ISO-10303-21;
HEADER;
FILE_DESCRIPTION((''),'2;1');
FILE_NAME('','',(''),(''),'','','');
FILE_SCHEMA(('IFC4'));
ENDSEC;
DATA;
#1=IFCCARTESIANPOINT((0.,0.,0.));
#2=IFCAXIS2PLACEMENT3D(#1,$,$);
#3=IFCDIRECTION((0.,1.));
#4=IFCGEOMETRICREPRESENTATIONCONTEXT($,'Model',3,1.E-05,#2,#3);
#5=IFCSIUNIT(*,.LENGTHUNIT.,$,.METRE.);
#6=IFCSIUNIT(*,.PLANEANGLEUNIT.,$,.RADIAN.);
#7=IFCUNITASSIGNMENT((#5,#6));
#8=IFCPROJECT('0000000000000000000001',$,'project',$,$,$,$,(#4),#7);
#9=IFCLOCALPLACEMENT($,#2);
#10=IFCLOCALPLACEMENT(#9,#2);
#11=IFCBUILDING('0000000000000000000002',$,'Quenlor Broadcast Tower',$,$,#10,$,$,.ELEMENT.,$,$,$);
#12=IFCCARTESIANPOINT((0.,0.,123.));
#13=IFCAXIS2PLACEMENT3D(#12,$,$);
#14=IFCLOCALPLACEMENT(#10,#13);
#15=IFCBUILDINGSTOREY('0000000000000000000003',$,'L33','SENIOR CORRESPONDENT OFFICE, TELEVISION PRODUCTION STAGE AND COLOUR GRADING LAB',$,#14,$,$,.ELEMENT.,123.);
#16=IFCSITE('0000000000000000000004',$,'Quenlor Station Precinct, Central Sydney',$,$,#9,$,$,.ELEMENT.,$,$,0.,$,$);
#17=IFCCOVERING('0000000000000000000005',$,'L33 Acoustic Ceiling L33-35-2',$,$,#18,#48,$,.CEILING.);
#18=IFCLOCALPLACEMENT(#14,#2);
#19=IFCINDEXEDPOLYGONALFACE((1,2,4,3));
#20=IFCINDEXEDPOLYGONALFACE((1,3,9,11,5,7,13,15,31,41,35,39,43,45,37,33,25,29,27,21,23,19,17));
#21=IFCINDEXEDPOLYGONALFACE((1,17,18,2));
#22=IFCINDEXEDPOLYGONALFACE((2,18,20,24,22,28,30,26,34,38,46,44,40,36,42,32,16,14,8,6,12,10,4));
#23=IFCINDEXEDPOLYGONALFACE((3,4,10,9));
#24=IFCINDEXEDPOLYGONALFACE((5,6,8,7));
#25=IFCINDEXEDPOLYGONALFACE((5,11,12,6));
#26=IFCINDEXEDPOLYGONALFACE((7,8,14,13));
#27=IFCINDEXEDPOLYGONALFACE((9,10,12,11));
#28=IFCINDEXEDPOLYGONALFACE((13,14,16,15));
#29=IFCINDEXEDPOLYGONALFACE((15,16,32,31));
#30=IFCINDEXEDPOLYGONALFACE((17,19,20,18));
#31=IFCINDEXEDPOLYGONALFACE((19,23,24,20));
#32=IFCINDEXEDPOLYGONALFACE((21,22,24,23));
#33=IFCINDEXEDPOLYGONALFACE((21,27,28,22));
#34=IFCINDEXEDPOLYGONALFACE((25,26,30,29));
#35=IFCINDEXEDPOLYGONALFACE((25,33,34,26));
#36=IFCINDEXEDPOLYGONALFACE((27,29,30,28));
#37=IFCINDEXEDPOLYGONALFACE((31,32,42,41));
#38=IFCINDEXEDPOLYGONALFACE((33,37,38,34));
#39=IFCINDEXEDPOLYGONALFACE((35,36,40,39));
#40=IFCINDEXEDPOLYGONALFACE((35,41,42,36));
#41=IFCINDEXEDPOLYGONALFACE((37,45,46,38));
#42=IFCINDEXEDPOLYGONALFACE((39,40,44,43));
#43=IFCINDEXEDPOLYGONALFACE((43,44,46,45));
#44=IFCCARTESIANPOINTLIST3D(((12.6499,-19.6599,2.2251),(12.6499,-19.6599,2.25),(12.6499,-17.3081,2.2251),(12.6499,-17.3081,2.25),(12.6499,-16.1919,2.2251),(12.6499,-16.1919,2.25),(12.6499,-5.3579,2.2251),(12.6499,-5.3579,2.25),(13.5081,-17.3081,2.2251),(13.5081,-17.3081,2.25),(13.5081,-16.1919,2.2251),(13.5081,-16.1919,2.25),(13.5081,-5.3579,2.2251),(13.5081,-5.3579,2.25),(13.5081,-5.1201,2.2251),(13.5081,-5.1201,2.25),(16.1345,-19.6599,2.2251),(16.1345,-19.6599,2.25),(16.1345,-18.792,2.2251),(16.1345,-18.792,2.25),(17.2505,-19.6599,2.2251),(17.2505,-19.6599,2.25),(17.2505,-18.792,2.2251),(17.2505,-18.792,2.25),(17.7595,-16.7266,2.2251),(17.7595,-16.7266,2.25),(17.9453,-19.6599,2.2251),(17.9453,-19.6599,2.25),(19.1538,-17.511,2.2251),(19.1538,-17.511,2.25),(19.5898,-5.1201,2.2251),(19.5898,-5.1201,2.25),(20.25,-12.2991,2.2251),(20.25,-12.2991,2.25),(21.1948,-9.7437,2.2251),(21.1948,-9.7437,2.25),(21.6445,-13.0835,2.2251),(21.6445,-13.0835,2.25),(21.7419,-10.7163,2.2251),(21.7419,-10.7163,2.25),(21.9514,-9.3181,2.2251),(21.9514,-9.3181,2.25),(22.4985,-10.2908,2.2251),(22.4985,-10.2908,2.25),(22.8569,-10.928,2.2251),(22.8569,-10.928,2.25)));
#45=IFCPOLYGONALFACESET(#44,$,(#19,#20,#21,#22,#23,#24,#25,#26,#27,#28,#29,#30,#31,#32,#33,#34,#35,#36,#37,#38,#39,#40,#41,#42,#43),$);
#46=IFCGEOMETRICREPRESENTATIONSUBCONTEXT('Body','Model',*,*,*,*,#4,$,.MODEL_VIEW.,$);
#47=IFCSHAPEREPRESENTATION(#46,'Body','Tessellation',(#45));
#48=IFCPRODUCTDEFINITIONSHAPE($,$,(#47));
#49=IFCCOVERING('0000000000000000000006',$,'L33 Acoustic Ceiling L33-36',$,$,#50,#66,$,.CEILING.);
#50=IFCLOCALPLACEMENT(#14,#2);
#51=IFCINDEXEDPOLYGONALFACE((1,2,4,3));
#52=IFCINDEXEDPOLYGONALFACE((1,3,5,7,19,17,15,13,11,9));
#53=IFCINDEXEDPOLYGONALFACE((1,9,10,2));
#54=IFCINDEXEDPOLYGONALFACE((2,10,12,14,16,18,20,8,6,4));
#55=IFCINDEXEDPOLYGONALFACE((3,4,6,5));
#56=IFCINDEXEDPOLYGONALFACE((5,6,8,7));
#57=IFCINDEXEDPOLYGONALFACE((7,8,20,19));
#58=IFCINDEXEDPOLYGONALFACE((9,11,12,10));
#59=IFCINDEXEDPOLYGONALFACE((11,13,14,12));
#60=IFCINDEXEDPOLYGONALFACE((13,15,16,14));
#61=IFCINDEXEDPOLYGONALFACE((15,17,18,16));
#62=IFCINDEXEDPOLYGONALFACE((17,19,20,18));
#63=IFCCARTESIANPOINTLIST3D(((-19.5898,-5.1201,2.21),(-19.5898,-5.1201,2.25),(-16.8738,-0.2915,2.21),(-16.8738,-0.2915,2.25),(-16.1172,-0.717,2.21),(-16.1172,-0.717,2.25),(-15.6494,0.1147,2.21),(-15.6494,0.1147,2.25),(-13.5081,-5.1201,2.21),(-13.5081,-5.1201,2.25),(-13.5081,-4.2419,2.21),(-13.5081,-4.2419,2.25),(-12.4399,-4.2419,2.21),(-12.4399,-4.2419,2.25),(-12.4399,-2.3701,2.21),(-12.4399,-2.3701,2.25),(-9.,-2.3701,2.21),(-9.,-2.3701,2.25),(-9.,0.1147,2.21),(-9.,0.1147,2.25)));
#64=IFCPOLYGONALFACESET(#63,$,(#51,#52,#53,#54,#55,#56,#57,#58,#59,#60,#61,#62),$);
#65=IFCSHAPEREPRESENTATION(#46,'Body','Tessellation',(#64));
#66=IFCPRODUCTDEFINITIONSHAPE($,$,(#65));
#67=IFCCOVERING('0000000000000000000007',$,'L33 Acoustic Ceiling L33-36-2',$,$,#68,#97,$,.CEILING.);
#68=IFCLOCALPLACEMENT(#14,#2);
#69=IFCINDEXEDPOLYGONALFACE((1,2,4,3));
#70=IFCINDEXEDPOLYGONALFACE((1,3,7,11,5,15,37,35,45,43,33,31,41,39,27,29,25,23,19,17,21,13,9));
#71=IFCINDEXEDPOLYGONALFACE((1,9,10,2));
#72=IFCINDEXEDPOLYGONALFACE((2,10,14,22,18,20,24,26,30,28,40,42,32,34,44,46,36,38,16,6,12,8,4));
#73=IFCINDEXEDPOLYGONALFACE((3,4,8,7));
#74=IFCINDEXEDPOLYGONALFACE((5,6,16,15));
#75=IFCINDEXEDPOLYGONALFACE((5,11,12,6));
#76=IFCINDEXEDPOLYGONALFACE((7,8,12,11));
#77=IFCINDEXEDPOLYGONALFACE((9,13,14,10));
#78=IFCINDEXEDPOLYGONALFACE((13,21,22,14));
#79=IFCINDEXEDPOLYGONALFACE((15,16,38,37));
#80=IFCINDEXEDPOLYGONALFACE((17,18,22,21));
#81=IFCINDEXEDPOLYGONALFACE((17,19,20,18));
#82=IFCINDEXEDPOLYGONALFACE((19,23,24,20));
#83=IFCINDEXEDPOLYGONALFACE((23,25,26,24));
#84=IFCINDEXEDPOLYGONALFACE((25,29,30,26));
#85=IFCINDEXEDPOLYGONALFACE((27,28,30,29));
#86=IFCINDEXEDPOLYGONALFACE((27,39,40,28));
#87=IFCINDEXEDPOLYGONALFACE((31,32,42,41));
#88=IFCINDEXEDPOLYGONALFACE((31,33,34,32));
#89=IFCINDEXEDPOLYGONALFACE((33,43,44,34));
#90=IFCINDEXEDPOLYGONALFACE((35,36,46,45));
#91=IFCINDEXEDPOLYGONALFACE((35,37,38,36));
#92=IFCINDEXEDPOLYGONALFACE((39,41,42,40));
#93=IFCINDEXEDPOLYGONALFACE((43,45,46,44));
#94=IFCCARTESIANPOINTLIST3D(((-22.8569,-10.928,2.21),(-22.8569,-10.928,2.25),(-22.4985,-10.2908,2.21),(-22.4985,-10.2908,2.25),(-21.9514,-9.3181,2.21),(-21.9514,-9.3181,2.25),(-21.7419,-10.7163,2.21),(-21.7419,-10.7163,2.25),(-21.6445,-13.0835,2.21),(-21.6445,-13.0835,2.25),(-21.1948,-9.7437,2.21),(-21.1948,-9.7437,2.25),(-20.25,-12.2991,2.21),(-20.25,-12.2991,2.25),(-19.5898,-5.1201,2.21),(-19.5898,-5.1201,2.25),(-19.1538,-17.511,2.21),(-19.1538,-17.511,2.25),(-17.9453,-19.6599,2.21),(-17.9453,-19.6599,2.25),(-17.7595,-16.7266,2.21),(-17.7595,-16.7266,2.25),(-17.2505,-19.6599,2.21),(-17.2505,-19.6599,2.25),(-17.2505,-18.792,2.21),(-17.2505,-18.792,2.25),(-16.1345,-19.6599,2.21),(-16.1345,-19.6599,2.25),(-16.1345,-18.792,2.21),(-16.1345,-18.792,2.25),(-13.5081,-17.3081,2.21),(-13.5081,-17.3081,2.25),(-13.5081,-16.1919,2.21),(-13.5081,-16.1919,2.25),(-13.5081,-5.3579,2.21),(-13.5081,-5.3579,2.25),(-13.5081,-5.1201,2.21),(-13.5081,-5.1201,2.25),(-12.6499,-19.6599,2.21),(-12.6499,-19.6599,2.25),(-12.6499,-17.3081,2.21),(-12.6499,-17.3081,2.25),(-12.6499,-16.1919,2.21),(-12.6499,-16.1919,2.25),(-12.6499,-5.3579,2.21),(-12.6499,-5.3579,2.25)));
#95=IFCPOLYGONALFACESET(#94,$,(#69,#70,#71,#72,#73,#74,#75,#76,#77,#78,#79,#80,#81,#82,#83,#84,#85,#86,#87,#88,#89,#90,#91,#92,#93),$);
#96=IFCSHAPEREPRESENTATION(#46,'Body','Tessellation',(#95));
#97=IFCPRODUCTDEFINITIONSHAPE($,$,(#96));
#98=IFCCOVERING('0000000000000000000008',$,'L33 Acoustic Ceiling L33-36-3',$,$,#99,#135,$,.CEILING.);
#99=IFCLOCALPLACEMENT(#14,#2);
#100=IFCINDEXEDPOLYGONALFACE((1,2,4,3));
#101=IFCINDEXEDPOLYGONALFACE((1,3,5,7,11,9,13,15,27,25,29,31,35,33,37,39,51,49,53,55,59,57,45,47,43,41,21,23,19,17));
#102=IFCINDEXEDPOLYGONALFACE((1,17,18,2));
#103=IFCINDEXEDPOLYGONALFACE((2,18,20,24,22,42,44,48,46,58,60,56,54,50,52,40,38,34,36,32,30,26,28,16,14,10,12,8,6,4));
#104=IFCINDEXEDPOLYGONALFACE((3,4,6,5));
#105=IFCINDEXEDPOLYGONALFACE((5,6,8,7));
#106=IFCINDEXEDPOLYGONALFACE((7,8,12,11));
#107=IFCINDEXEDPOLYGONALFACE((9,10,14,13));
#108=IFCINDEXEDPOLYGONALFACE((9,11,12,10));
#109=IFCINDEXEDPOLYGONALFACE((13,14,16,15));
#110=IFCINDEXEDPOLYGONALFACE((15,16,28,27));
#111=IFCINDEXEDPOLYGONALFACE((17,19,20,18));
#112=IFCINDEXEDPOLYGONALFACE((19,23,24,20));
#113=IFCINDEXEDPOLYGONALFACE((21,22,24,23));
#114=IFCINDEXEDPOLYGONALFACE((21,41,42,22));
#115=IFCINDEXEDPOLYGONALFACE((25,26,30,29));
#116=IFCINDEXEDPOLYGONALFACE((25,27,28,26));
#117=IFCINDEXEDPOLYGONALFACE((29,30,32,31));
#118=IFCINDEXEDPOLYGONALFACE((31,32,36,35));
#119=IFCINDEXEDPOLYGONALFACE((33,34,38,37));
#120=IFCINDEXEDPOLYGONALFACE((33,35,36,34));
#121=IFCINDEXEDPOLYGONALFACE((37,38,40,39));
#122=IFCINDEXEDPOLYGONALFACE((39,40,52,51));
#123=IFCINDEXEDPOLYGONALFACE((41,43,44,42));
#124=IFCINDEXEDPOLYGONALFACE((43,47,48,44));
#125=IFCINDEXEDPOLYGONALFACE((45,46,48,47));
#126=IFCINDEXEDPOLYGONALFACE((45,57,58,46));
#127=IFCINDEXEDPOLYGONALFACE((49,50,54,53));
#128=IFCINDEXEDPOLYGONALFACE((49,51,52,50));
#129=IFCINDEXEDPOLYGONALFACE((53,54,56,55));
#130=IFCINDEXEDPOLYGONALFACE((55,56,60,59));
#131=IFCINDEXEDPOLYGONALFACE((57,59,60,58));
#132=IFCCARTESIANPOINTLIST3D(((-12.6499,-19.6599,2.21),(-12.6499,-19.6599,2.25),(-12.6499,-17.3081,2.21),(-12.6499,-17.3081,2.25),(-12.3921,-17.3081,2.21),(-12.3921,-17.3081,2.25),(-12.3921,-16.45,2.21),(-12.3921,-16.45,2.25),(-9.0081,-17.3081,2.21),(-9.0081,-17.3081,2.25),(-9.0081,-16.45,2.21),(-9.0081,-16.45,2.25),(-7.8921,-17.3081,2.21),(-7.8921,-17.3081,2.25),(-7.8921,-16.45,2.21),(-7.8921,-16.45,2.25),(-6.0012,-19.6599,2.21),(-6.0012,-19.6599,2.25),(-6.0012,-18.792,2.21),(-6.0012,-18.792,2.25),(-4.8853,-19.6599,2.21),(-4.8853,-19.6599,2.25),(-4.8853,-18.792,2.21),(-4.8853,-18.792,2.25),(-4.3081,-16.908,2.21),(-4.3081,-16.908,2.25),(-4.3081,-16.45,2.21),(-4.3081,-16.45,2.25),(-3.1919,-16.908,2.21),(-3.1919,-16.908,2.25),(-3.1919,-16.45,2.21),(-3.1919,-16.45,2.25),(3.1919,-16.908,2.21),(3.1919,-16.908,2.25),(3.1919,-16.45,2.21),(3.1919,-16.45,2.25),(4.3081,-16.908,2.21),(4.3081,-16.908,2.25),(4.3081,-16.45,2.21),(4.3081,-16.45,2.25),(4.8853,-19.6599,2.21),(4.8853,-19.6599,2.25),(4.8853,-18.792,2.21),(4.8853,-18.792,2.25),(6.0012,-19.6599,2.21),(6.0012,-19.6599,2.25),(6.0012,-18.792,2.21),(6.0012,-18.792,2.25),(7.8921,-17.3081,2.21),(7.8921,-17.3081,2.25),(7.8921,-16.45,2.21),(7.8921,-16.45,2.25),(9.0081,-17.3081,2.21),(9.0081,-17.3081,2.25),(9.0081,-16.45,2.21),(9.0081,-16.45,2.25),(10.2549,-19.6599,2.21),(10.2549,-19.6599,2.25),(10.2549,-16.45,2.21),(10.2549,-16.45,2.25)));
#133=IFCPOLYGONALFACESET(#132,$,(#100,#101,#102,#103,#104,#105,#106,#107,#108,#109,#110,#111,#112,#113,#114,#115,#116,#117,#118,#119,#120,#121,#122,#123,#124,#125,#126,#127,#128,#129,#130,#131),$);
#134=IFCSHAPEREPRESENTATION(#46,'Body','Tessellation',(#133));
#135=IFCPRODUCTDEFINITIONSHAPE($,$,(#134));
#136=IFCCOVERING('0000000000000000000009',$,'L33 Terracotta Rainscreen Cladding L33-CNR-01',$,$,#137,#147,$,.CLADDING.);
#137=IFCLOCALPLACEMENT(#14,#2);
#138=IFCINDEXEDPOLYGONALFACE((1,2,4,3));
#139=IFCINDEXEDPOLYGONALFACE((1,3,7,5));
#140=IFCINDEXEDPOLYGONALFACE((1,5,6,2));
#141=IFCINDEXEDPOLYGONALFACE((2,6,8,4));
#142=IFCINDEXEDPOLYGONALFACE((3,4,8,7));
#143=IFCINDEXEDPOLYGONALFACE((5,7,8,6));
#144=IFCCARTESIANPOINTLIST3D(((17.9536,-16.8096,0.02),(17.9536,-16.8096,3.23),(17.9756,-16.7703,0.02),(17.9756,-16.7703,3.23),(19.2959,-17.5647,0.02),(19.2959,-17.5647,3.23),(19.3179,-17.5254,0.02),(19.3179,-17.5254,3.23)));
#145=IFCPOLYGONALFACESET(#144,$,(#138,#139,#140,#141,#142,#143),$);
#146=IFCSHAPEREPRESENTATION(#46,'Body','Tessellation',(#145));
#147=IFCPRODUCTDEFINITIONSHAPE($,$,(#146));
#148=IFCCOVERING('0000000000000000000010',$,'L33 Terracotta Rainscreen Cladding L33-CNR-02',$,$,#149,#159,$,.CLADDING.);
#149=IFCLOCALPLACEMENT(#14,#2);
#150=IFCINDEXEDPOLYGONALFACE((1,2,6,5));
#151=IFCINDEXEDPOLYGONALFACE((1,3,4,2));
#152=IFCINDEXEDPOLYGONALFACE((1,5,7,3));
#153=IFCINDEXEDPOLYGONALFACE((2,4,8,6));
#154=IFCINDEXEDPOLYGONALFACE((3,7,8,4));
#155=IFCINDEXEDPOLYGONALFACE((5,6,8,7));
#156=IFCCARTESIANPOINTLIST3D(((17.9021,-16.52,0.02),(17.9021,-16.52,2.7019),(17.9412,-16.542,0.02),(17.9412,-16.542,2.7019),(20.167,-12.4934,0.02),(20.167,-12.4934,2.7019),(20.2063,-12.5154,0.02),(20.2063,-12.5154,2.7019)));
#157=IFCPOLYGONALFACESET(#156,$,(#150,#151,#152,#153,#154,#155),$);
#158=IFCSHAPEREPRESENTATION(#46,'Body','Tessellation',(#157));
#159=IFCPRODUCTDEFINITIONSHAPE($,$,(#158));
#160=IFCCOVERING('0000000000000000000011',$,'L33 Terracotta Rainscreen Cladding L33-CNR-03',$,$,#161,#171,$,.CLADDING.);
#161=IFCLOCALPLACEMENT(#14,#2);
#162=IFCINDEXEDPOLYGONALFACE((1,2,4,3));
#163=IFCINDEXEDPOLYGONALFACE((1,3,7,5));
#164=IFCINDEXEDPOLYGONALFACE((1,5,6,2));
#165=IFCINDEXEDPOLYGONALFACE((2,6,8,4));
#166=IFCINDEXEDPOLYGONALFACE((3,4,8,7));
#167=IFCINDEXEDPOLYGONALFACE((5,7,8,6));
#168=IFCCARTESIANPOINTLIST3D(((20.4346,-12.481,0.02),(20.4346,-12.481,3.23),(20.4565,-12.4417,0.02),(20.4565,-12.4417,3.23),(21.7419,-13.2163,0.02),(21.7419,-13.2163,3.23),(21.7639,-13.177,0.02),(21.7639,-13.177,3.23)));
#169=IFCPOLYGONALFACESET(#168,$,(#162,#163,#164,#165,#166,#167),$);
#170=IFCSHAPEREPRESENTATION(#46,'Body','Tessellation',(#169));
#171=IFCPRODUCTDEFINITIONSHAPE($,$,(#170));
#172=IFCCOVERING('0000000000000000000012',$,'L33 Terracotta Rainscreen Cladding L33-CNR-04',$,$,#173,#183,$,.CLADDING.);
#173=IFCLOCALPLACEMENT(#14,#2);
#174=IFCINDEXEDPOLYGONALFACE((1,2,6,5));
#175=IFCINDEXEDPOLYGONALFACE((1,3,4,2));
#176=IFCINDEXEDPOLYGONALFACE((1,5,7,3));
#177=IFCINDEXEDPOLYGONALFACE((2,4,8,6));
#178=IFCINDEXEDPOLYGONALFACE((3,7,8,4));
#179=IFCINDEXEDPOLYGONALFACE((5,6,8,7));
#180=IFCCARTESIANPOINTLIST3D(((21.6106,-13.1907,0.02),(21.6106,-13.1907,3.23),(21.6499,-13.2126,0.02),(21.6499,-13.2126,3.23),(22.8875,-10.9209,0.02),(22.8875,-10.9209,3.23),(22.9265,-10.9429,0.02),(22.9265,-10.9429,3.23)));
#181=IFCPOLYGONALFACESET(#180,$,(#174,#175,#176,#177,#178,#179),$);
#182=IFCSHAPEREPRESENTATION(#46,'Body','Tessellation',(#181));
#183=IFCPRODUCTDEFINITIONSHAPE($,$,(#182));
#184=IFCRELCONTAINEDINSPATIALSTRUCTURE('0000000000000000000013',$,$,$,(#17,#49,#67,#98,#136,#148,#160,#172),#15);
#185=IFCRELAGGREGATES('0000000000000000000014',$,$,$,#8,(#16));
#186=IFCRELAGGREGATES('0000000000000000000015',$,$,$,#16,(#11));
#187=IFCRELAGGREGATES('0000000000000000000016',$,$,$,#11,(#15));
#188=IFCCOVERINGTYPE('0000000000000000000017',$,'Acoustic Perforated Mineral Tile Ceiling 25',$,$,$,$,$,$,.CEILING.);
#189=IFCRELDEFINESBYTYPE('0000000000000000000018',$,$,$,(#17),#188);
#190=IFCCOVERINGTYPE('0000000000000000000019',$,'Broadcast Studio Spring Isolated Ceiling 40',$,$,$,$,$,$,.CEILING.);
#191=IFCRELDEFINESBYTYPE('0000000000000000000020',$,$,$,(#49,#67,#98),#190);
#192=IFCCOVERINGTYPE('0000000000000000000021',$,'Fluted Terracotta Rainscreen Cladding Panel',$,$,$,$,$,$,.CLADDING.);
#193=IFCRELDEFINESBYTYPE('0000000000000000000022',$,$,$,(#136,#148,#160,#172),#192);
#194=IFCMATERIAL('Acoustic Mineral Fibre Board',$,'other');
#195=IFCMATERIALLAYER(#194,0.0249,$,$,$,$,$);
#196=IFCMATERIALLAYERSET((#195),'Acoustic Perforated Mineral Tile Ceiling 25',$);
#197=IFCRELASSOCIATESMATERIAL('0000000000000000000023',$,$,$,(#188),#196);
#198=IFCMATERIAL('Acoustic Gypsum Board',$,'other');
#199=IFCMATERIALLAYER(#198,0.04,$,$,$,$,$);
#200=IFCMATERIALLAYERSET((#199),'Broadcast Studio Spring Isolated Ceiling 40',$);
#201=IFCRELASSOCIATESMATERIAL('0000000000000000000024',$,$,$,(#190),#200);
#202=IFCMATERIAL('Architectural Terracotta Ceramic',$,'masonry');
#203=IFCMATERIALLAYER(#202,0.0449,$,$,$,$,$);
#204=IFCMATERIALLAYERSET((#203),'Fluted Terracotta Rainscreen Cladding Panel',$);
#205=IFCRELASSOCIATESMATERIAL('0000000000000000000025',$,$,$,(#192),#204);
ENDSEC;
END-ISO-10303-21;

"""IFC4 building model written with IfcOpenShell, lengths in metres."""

from ifc_helpers import new_model, si_unit, direction, frame, origin, place, context, subcontext, project, spatial, polyline, outline, extrude, material, layer, layer_set, type_object, element, save


model = new_model("IFC4")

# Units and contexts
model_context = context("Model", 3, precision=1e-05, world=origin(), true_north=direction((0.0, 1.0)))
body_context = subcontext(model_context, "Body", "Model", "MODEL_VIEW")
ifc_project = project(units=[si_unit("LENGTHUNIT", "METRE"), si_unit("PLANEANGLEUNIT", "RADIAN")], contexts=[model_context])

# Site, building, storey
site_placement = place(None, origin())
site = spatial("IfcSite", under=ifc_project, at=site_placement, Name="Quenlor Station Precinct, Central Sydney", CompositionType="ELEMENT", RefElevation=0.0)
building_placement = place(site_placement, origin())
building = spatial("IfcBuilding", under=site, at=building_placement, Name="Quenlor Broadcast Tower", CompositionType="ELEMENT")
storey_placement = place(building_placement, frame((0.0, 0.0, 123.0)))
storey = spatial("IfcBuildingStorey", under=building, at=storey_placement, Name="L33", Description="SENIOR CORRESPONDENT OFFICE, TELEVISION PRODUCTION STAGE AND COLOUR GRADING LAB", CompositionType="ELEMENT", Elevation=123.0)

# Coverings
ifc_material_1 = material(Name="Acoustic Mineral Fibre Board", Category="other")
ifc_layer_1 = layer(ifc_material_1, 0.0249)
ifc_layer_set_1 = layer_set([ifc_layer_1], Name="Acoustic Perforated Mineral Tile Ceiling 25")
covering_type_1 = type_object("IfcCoveringType", Name="Acoustic Perforated Mineral Tile Ceiling 25", PredefinedType="CEILING", material=ifc_layer_set_1)
covering_1_placement = place(storey_placement, frame((0.0, 0.0, 2.2251)))
element("IfcCovering", 1, at=covering_1_placement, inside=storey, type_object=covering_type_1, Name="L33 Acoustic Ceiling L33-35-2", PredefinedType="CEILING", context=body_context, shape_type="SweptSolid", body=[
    extrude(outline(polyline([(13.5081, -5.1201), (19.5898, -5.1201), (21.9514, -9.3181), (21.1948, -9.7437), (21.7419, -10.7163), (22.4985, -10.2908), (22.8569, -10.928), (21.6445, -13.0835), (20.25, -12.2991), (17.7595, -16.7266), (19.1538, -17.511), (17.9453, -19.6599), (17.2505, -19.6599), (17.2505, -18.792), (16.1345, -18.792), (16.1345, -19.6599), (12.6499, -19.6599), (12.6499, -17.3081), (13.5081, -17.3081), (13.5081, -16.1919), (12.6499, -16.1919), (12.6499, -5.3579), (13.5081, -5.3579), (13.5081, -5.1201)])), origin(), (0.0, 0.0, 1.0), 0.0249),
])
ifc_material_2 = material(Name="Acoustic Gypsum Board", Category="other")
ifc_layer_2 = layer(ifc_material_2, 0.04)
ifc_layer_set_2 = layer_set([ifc_layer_2], Name="Broadcast Studio Spring Isolated Ceiling 40")
covering_type_2 = type_object("IfcCoveringType", Name="Broadcast Studio Spring Isolated Ceiling 40", PredefinedType="CEILING", material=ifc_layer_set_2)
covering_2_placement = place(storey_placement, frame((0.0, 0.0, 2.21)))
element("IfcCovering", 2, at=covering_2_placement, inside=storey, type_object=covering_type_2, Name="L33 Acoustic Ceiling L33-36", PredefinedType="CEILING", context=body_context, shape_type="SweptSolid", body=[
    extrude(outline(polyline([(-16.8738, -0.2915), (-16.1172, -0.717), (-15.6494, 0.1147), (-9.0, 0.1147), (-9.0, -2.3701), (-12.4399, -2.3701), (-12.4399, -4.2419), (-13.5081, -4.2419), (-13.5081, -5.1201), (-19.5898, -5.1201), (-16.8738, -0.2915)])), origin(), (0.0, 0.0, 1.0), 0.04),
])
covering_3_placement = place(storey_placement, frame((0.0, 0.0, 2.21)))
element("IfcCovering", 3, at=covering_3_placement, inside=storey, type_object=covering_type_2, Name="L33 Acoustic Ceiling L33-36-2", PredefinedType="CEILING", context=body_context, shape_type="SweptSolid", body=[
    extrude(outline(polyline([(-22.4985, -10.2908), (-21.7419, -10.7163), (-21.1948, -9.7437), (-21.9514, -9.3181), (-19.5898, -5.1201), (-13.5081, -5.1201), (-13.5081, -5.3579), (-12.6499, -5.3579), (-12.6499, -16.1919), (-13.5081, -16.1919), (-13.5081, -17.3081), (-12.6499, -17.3081), (-12.6499, -19.6599), (-16.1345, -19.6599), (-16.1345, -18.792), (-17.2505, -18.792), (-17.2505, -19.6599), (-17.9453, -19.6599), (-19.1538, -17.511), (-17.7595, -16.7266), (-20.25, -12.2991), (-21.6445, -13.0835), (-22.8569, -10.928), (-22.4985, -10.2908)])), origin(), (0.0, 0.0, 1.0), 0.04),
])
covering_4_placement = place(storey_placement, frame((0.0, 0.0, 2.21)))
element("IfcCovering", 4, at=covering_4_placement, inside=storey, type_object=covering_type_2, Name="L33 Acoustic Ceiling L33-36-3", PredefinedType="CEILING", context=body_context, shape_type="SweptSolid", body=[
    extrude(outline(polyline([(-12.3921, -17.3081), (-12.3921, -16.45), (-9.0081, -16.45), (-9.0081, -17.3081), (-7.8921, -17.3081), (-7.8921, -16.45), (-4.3081, -16.45), (-4.3081, -16.908), (-3.1919, -16.908), (-3.1919, -16.45), (3.1919, -16.45), (3.1919, -16.908), (4.3081, -16.908), (4.3081, -16.45), (7.8921, -16.45), (7.8921, -17.3081), (9.0081, -17.3081), (9.0081, -16.45), (10.2549, -16.45), (10.2549, -19.6599), (6.0012, -19.6599), (6.0012, -18.792), (4.8853, -18.792), (4.8853, -19.6599), (-4.8853, -19.6599), (-4.8853, -18.792), (-6.0012, -18.792), (-6.0012, -19.6599), (-12.6499, -19.6599), (-12.6499, -17.3081), (-12.3921, -17.3081)])), origin(), (0.0, 0.0, 1.0), 0.04),
])
ifc_material_3 = material(Name="Architectural Terracotta Ceramic", Category="masonry")
ifc_layer_3 = layer(ifc_material_3, 0.0449)
ifc_layer_set_3 = layer_set([ifc_layer_3], Name="Fluted Terracotta Rainscreen Cladding Panel")
covering_type_3 = type_object("IfcCoveringType", Name="Fluted Terracotta Rainscreen Cladding Panel", PredefinedType="CLADDING", material=ifc_layer_set_3)
covering_5_placement = place(storey_placement, frame((0.0, 0.0, 0.02)))
element("IfcCovering", 5, at=covering_5_placement, inside=storey, type_object=covering_type_3, Name="L33 Terracotta Rainscreen Cladding L33-CNR-01", PredefinedType="CLADDING", context=body_context, shape_type="SweptSolid", body=[
    extrude(outline(polyline([(19.3179, -17.5254), (17.9756, -16.7703), (17.9536, -16.8096), (19.2959, -17.5647), (19.3179, -17.5254)])), origin(), (0.0, 0.0, 1.0), 3.21),
])
covering_6_placement = place(storey_placement, frame((0.0, 0.0, 0.02)))
element("IfcCovering", 6, at=covering_6_placement, inside=storey, type_object=covering_type_3, Name="L33 Terracotta Rainscreen Cladding L33-CNR-02", PredefinedType="CLADDING", context=body_context, shape_type="SweptSolid", body=[
    extrude(outline(polyline([(17.9412, -16.542), (20.2063, -12.5154), (20.167, -12.4934), (17.9021, -16.52), (17.9412, -16.542)])), origin(), (0.0, 0.0, 1.0), 2.6819),
])
covering_7_placement = place(storey_placement, frame((0.0, 0.0, 0.02)))
element("IfcCovering", 7, at=covering_7_placement, inside=storey, type_object=covering_type_3, Name="L33 Terracotta Rainscreen Cladding L33-CNR-03", PredefinedType="CLADDING", context=body_context, shape_type="SweptSolid", body=[
    extrude(outline(polyline([(20.4346, -12.481), (21.7419, -13.2163), (21.7639, -13.177), (20.4565, -12.4417), (20.4346, -12.481)])), origin(), (0.0, 0.0, 1.0), 3.21),
])
covering_8_placement = place(storey_placement, frame((0.0, 0.0, 0.02)))
element("IfcCovering", 8, at=covering_8_placement, inside=storey, type_object=covering_type_3, Name="L33 Terracotta Rainscreen Cladding L33-CNR-04", PredefinedType="CLADDING", context=body_context, shape_type="SweptSolid", body=[
    extrude(outline(polyline([(21.6499, -13.2126), (22.9265, -10.9429), (22.8875, -10.9209), (21.6106, -13.1907), (21.6499, -13.2126)])), origin(), (0.0, 0.0, 1.0), 3.21),
])

save(model, "model.ifc")
